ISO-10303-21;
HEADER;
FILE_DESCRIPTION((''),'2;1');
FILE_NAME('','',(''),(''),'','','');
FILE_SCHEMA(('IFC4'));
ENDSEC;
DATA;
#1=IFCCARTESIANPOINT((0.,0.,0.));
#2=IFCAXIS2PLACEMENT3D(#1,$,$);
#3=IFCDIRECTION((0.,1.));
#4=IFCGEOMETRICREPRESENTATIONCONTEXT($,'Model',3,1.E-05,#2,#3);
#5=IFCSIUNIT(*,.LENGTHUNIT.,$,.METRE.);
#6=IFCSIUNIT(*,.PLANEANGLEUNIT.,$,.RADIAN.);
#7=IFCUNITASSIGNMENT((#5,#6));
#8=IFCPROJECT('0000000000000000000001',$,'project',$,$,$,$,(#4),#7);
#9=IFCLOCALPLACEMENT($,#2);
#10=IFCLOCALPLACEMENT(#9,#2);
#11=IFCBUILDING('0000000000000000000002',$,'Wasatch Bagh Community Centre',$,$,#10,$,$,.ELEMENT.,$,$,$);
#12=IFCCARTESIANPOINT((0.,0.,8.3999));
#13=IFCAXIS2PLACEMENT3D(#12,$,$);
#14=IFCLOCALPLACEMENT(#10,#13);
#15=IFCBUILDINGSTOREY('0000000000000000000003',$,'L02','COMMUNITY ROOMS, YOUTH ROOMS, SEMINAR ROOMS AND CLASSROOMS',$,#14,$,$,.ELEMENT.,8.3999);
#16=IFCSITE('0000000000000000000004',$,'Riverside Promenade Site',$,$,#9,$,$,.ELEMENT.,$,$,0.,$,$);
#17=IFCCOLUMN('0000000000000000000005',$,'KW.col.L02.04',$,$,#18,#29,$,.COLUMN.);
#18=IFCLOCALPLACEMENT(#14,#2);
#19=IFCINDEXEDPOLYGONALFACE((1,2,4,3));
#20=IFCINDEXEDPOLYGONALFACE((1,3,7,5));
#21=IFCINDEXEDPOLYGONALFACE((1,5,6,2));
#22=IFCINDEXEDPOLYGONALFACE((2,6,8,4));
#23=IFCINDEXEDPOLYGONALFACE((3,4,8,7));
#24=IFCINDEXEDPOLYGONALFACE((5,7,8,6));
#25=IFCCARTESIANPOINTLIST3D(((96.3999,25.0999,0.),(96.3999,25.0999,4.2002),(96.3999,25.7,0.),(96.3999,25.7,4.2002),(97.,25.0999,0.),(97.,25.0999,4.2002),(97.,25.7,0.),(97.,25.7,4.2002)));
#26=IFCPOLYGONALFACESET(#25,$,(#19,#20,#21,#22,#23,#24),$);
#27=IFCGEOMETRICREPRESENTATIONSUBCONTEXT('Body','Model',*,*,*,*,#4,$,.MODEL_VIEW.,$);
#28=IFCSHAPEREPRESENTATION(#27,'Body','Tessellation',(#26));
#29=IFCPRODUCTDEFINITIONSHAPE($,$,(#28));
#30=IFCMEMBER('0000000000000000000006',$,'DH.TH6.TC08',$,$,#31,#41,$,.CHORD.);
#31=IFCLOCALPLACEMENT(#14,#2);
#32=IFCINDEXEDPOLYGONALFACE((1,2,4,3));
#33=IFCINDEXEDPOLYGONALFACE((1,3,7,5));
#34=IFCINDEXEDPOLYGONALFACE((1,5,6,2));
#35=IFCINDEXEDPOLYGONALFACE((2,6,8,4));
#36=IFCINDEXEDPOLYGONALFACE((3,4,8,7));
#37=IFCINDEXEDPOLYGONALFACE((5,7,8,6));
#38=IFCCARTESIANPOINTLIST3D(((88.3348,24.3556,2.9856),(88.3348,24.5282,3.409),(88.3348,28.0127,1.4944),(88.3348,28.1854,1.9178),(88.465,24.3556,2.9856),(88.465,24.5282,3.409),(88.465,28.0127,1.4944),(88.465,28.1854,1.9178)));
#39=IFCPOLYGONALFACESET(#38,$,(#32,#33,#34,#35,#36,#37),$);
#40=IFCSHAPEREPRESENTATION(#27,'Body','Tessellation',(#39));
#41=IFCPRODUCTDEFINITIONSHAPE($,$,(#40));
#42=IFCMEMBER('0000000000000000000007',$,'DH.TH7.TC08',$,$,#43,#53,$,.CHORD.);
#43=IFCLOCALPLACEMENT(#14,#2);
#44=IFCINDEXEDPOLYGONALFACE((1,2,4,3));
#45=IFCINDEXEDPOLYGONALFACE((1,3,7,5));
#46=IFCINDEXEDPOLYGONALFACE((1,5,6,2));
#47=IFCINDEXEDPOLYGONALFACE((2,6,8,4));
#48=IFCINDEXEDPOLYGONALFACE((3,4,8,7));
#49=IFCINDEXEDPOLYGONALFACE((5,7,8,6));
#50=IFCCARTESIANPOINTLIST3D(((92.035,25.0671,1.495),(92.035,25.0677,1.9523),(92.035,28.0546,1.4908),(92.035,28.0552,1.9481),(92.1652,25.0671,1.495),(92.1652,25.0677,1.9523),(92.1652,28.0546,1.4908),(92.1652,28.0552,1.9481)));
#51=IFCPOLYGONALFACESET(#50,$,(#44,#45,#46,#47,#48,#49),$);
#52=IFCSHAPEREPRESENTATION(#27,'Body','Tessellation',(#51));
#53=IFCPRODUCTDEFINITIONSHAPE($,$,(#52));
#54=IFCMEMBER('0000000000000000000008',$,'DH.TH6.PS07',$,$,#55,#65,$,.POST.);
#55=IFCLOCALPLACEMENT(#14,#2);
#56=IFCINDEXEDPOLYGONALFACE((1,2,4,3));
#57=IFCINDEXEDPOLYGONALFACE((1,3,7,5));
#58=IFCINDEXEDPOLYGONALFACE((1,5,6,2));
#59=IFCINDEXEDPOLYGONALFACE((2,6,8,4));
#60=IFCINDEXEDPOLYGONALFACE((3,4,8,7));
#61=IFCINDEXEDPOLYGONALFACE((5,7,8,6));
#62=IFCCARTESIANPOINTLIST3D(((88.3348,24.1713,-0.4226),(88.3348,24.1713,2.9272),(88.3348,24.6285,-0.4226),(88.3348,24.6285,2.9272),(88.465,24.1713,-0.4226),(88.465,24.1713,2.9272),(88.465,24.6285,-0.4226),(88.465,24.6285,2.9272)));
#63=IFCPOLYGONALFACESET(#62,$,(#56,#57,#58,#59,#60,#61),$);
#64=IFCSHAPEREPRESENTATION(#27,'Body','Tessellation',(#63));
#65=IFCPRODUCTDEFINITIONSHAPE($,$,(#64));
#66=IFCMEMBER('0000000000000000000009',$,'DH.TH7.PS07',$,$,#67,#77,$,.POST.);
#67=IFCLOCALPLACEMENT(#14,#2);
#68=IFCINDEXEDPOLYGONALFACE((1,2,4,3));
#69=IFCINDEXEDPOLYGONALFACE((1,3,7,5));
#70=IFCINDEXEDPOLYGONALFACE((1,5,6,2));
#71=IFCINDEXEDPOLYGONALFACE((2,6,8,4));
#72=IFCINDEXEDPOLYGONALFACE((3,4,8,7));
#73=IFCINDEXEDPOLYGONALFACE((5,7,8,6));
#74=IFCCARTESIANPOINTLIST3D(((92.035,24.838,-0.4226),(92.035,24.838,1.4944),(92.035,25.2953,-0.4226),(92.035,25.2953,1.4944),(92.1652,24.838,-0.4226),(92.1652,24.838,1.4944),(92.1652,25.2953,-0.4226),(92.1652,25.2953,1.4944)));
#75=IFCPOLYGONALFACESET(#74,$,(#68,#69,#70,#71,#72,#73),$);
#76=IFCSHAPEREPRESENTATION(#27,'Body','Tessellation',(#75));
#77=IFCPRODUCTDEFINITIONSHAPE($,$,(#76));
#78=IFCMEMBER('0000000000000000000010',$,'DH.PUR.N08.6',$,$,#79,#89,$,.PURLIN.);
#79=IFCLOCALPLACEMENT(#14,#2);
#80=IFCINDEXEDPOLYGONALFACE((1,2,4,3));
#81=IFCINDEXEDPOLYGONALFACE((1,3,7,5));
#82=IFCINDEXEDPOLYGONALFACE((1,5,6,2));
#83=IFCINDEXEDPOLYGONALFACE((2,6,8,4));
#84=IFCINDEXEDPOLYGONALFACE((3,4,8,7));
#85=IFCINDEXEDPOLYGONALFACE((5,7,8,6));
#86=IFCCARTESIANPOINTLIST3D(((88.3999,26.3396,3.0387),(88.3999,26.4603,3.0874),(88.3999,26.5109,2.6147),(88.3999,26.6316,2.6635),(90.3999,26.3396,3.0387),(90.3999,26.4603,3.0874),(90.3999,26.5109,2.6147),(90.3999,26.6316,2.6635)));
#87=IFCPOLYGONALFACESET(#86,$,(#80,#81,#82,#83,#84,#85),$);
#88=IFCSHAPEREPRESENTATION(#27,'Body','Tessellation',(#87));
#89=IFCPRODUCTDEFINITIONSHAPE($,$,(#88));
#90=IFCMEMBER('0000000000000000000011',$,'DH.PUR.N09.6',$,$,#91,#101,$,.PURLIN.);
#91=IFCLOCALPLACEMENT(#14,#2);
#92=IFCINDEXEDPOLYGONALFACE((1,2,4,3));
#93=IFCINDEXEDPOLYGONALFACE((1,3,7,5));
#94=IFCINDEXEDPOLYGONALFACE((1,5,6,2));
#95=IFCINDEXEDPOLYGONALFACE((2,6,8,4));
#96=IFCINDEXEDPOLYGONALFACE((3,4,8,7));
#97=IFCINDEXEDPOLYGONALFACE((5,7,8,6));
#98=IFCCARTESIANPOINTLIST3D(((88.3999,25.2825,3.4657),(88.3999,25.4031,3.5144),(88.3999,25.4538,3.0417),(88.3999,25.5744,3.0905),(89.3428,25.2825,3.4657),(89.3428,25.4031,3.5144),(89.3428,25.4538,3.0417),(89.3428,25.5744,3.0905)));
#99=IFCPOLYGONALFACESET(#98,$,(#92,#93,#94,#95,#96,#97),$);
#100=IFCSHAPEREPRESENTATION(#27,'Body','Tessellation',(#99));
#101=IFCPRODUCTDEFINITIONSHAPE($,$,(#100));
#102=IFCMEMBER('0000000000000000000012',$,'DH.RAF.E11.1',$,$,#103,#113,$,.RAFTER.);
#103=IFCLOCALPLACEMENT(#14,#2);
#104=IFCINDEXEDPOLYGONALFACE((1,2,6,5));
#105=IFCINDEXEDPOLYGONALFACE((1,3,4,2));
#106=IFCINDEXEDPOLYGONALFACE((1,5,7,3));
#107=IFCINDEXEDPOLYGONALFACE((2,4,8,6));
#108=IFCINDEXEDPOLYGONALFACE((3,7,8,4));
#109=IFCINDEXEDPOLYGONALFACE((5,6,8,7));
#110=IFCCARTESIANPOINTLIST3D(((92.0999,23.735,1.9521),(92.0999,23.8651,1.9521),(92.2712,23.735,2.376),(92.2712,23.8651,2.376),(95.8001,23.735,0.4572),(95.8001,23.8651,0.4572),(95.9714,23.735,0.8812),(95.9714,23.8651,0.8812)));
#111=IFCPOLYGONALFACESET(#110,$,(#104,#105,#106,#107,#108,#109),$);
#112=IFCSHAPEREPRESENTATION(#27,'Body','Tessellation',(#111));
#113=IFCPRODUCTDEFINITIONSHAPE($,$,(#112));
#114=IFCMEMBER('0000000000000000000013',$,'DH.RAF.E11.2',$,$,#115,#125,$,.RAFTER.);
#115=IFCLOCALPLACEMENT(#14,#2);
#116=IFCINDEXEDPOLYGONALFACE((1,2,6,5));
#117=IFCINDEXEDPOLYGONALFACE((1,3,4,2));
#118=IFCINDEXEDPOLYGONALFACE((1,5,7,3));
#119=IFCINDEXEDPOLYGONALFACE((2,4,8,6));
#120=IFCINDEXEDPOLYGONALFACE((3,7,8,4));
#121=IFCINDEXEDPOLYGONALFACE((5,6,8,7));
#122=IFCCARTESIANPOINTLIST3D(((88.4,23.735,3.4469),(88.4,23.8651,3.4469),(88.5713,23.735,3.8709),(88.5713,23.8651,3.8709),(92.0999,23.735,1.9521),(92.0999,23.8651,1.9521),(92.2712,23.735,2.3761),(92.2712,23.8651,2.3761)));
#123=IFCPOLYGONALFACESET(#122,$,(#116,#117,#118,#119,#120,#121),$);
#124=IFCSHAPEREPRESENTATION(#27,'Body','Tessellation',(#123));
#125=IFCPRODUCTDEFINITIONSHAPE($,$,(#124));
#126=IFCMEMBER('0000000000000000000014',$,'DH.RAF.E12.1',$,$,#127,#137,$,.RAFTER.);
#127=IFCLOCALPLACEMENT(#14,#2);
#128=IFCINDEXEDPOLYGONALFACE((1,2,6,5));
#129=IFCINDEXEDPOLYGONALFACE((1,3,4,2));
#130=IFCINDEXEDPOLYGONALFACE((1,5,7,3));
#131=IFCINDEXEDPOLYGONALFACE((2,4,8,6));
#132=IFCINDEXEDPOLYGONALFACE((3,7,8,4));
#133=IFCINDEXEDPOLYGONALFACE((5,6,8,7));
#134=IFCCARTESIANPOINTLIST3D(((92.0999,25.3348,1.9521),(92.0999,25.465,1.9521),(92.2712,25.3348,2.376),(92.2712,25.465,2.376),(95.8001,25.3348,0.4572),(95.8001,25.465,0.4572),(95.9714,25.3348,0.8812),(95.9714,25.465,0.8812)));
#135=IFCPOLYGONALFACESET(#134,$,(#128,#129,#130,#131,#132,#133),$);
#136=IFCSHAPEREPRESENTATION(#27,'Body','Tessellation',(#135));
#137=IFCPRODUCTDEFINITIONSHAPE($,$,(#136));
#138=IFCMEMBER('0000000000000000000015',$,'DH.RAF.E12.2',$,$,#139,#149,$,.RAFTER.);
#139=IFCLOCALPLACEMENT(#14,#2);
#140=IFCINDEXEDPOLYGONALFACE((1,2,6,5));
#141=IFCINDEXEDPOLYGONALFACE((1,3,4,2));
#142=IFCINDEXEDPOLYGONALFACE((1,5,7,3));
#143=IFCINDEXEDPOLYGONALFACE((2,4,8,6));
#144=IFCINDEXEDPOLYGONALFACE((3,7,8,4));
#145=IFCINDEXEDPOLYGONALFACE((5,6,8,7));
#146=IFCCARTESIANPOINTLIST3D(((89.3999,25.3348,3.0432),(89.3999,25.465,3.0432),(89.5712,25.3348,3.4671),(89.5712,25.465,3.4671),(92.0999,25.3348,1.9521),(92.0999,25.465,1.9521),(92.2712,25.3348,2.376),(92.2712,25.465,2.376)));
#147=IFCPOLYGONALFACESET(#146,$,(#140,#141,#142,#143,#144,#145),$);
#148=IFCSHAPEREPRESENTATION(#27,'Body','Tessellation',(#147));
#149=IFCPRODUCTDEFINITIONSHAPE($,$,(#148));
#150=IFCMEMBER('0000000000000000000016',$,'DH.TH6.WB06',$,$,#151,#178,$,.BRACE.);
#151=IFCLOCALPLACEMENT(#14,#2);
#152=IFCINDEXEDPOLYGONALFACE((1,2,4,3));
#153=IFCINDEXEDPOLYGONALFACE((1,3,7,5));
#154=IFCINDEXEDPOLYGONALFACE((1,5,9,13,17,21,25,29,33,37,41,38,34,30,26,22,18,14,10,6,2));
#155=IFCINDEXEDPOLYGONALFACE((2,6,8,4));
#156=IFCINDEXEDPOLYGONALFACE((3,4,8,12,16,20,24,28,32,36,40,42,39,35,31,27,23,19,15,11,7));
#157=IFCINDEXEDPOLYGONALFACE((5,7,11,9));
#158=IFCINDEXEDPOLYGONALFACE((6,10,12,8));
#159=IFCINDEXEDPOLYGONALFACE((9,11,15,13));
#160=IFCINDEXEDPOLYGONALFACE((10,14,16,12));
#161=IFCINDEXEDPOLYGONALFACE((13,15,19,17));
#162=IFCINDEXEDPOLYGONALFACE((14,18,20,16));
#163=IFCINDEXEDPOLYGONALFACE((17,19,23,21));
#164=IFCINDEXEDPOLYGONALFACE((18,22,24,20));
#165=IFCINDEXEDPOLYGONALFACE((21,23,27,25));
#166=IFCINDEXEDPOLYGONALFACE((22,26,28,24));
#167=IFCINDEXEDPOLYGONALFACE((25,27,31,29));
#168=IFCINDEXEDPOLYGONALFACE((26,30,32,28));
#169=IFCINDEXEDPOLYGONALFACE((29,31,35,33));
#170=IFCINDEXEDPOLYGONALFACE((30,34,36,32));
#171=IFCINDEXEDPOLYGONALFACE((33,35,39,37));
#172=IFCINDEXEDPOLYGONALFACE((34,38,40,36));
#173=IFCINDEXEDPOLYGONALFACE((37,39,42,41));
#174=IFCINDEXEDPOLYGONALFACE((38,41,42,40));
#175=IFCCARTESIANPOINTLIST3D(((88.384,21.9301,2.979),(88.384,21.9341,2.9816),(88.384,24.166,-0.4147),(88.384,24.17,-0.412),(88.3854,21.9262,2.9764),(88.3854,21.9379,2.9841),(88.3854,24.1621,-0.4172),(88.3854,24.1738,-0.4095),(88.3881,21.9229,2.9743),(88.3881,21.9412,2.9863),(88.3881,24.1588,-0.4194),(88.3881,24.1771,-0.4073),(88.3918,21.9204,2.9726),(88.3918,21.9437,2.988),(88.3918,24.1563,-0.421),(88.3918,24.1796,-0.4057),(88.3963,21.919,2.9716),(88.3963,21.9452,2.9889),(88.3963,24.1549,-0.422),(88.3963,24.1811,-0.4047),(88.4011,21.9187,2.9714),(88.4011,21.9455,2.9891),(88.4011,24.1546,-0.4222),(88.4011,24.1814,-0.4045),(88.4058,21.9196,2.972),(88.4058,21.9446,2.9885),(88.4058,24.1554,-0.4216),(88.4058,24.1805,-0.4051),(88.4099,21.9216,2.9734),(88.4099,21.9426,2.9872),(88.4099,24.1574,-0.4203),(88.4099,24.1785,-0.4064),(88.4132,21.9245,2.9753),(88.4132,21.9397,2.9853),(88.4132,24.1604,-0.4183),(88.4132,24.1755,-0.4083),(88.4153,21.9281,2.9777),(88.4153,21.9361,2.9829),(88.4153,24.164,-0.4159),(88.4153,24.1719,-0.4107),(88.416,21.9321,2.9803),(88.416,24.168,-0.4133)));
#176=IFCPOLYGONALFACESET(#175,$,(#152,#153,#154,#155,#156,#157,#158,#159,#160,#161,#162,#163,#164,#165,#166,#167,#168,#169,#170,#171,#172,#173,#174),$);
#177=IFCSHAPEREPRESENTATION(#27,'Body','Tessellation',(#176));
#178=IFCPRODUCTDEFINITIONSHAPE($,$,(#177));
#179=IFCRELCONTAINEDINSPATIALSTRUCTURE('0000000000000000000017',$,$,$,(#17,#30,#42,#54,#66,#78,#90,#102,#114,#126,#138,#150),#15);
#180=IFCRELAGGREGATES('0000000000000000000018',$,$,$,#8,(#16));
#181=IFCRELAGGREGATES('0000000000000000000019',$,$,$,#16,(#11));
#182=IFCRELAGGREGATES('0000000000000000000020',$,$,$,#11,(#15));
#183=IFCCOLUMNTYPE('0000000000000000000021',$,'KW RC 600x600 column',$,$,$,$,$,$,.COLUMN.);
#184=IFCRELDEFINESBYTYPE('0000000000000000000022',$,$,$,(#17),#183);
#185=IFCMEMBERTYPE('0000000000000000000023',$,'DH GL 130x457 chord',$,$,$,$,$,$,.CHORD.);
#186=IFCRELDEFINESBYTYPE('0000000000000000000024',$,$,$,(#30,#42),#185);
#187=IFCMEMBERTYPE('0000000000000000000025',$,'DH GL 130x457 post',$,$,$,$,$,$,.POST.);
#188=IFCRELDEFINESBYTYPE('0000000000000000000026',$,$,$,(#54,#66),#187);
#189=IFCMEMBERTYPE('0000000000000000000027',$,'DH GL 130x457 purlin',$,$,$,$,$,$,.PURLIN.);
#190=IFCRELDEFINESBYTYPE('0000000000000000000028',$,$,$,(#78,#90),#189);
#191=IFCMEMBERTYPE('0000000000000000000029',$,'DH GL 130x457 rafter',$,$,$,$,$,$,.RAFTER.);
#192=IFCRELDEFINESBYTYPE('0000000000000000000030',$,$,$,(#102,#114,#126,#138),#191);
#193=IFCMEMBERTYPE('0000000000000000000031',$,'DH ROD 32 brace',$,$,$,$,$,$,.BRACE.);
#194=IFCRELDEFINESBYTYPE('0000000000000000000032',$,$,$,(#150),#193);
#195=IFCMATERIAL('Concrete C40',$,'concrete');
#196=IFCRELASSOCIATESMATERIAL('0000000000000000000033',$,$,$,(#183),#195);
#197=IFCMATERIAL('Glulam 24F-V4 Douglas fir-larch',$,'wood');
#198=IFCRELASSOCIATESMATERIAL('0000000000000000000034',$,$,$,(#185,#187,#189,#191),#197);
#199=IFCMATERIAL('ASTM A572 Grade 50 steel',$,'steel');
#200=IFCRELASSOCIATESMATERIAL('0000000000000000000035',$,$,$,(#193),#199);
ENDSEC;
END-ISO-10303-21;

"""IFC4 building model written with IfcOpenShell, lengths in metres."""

from ifc_helpers import new_model, si_unit, direction, frame, origin, origin_2d, place, context, subcontext, project, spatial, rectangle, circle, extrude, material, material_profile, profile_set, type_object, element, save


model = new_model("IFC4")

# Units and contexts
model_context = context("Model", 3, precision=1e-05, world=origin(), true_north=direction((0.0, 1.0)))
body_context = subcontext(model_context, "Body", "Model", "MODEL_VIEW")
ifc_project = project(units=[si_unit("LENGTHUNIT", "METRE"), si_unit("PLANEANGLEUNIT", "RADIAN")], contexts=[model_context])

# Site, building, storey
site_placement = place(None, origin())
site = spatial("IfcSite", under=ifc_project, at=site_placement, Name="Riverside Promenade Site", CompositionType="ELEMENT", RefElevation=0.0)
building_placement = place(site_placement, origin())
building = spatial("IfcBuilding", under=site, at=building_placement, Name="Wasatch Bagh Community Centre", CompositionType="ELEMENT")
storey_placement = place(building_placement, frame((0.0, 0.0, 8.3999)))
storey = spatial("IfcBuildingStorey", under=building, at=storey_placement, Name="L02", Description="COMMUNITY ROOMS, YOUTH ROOMS, SEMINAR ROOMS AND CLASSROOMS", CompositionType="ELEMENT", Elevation=8.3999)

# Column
ifc_material_1 = material(Name="Concrete C40", Category="concrete")
ifc_material_profile_1 = material_profile(ifc_material_1, rectangle(XDim=0.6001, YDim=0.6001, at=origin_2d()), Name="RC 600x600")
ifc_profile_set_1 = profile_set([ifc_material_profile_1], Name="Concrete C40")
column_type = type_object("IfcColumnType", Name="KW RC 600x600 column", PredefinedType="COLUMN", material=ifc_profile_set_1)
column_placement = place(storey_placement, frame((96.7, 25.3999, 0.0), z_axis=(0.0, 0.0, 1.0), x_axis=(1.0, 0.0, 0.0)))
element("IfcColumn", 1, at=column_placement, inside=storey, type_object=column_type, Name="KW.col.L02.04", PredefinedType="COLUMN", context=body_context, shape_type="SweptSolid", body=[
    extrude(rectangle(XDim=0.6001, YDim=0.6001, at=origin_2d()), origin(), (0.0, 0.0, 1.0), 4.2002),
])

# Members
ifc_material_2 = material(Name="Glulam 24F-V4 Douglas fir-larch", Category="wood")
ifc_material_profile_2 = material_profile(ifc_material_2, rectangle(XDim=0.1301, YDim=0.4573, at=origin_2d()), Name="GL 130x457")
ifc_profile_set_2 = profile_set([ifc_material_profile_2], Name="Glulam 24F-V4 Douglas fir-larch")
member_type_1 = type_object("IfcMemberType", Name="DH GL 130x457 chord", PredefinedType="CHORD", material=ifc_profile_set_2)
member_1_placement = place(storey_placement, frame((88.3999, 24.4419, 3.1973), z_axis=(0.0, 0.925984, -0.377564), x_axis=(-1.0, 0.0, 0.0)))
element("IfcMember", 2, at=member_1_placement, inside=storey, type_object=member_type_1, Name="DH.TH6.TC08", PredefinedType="CHORD", context=body_context, shape_type="SweptSolid", body=[
    extrude(rectangle(XDim=0.1301, YDim=0.4573, at=origin_2d()), origin(), (0.0, 0.0, 1.0), 3.9495),
])
member_2_placement = place(storey_placement, frame((92.1001, 25.0674, 1.7236), z_axis=(0.0, 0.999999, -0.001389), x_axis=(-1.0, 0.0, 0.0)))
element("IfcMember", 3, at=member_2_placement, inside=storey, type_object=member_type_1, Name="DH.TH7.TC08", PredefinedType="CHORD", context=body_context, shape_type="SweptSolid", body=[
    extrude(rectangle(XDim=0.1301, YDim=0.4573, at=origin_2d()), origin(), (0.0, 0.0, 1.0), 2.9875),
])
ifc_material_profile_3 = material_profile(ifc_material_2, rectangle(XDim=0.1301, YDim=0.4573, at=origin_2d()), Name="GL 130x457")
ifc_profile_set_3 = profile_set([ifc_material_profile_3], Name="Glulam 24F-V4 Douglas fir-larch")
member_type_2 = type_object("IfcMemberType", Name="DH GL 130x457 post", PredefinedType="POST", material=ifc_profile_set_3)
member_3_placement = place(storey_placement, frame((88.3999, 24.3999, -0.4226), z_axis=(0.0, 0.0, 1.0), x_axis=(1.0, 0.0, 0.0)))
element("IfcMember", 4, at=member_3_placement, inside=storey, type_object=member_type_2, Name="DH.TH6.PS07", PredefinedType="POST", context=body_context, shape_type="SweptSolid", body=[
    extrude(rectangle(XDim=0.1301, YDim=0.4573, at=origin_2d()), origin(), (0.0, 0.0, 1.0), 3.3499),
])
member_4_placement = place(storey_placement, frame((92.1001, 25.0667, -0.4226), z_axis=(0.0, 0.0, 1.0), x_axis=(1.0, 0.0, 0.0)))
element("IfcMember", 5, at=member_4_placement, inside=storey, type_object=member_type_2, Name="DH.TH7.PS07", PredefinedType="POST", context=body_context, shape_type="SweptSolid", body=[
    extrude(rectangle(XDim=0.1301, YDim=0.4573, at=origin_2d()), origin(), (0.0, 0.0, 1.0), 1.917),
])
ifc_material_profile_4 = material_profile(ifc_material_2, rectangle(XDim=0.1301, YDim=0.4573, at=origin_2d()), Name="GL 130x457")
ifc_profile_set_4 = profile_set([ifc_material_profile_4], Name="Glulam 24F-V4 Douglas fir-larch")
member_type_3 = type_object("IfcMemberType", Name="DH GL 130x457 purlin", PredefinedType="PURLIN", material=ifc_profile_set_4)
member_5_placement = place(storey_placement, frame((88.3999, 26.4856, 2.8511), z_axis=(1.0, 0.0, 0.0), x_axis=(0.0, 0.927184, 0.374607)))
element("IfcMember", 6, at=member_5_placement, inside=storey, type_object=member_type_3, Name="DH.PUR.N08.6", PredefinedType="PURLIN", context=body_context, shape_type="SweptSolid", body=[
    extrude(rectangle(XDim=0.1301, YDim=0.4573, at=origin_2d()), origin(), (0.0, 0.0, 1.0), 2.0),
])
member_6_placement = place(storey_placement, frame((88.3999, 25.4285, 3.2781), z_axis=(1.0, 0.0, 0.0), x_axis=(0.0, 0.927184, 0.374607)))
element("IfcMember", 7, at=member_6_placement, inside=storey, type_object=member_type_3, Name="DH.PUR.N09.6", PredefinedType="PURLIN", context=body_context, shape_type="SweptSolid", body=[
    extrude(rectangle(XDim=0.1301, YDim=0.4573, at=origin_2d()), origin(), (0.0, 0.0, 1.0), 0.9429),
])
ifc_material_profile_5 = material_profile(ifc_material_2, rectangle(XDim=0.1301, YDim=0.4573, at=origin_2d()), Name="GL 130x457")
ifc_profile_set_5 = profile_set([ifc_material_profile_5], Name="Glulam 24F-V4 Douglas fir-larch")
member_type_4 = type_object("IfcMemberType", Name="DH GL 130x457 rafter", PredefinedType="RAFTER", material=ifc_profile_set_5)
member_7_placement = place(storey_placement, frame((95.8857, 23.8, 0.6692), z_axis=(-0.927193, 0.0, 0.374584), x_axis=(0.0, -1.0, 0.0)))
element("IfcMember", 8, at=member_7_placement, inside=storey, type_object=member_type_4, Name="DH.RAF.E11.1", PredefinedType="RAFTER", context=body_context, shape_type="SweptSolid", body=[
    extrude(rectangle(XDim=0.1301, YDim=0.4573, at=origin_2d()), origin(), (0.0, 0.0, 1.0), 3.9907),
])
member_8_placement = place(storey_placement, frame((92.1855, 23.8, 2.1641), z_axis=(-0.927184, 0.0, 0.374606), x_axis=(0.0, -1.0, 0.0)))
element("IfcMember", 9, at=member_8_placement, inside=storey, type_object=member_type_4, Name="DH.RAF.E11.2", PredefinedType="RAFTER", context=body_context, shape_type="SweptSolid", body=[
    extrude(rectangle(XDim=0.1301, YDim=0.4573, at=origin_2d()), origin(), (0.0, 0.0, 1.0), 3.9905),
])
member_9_placement = place(storey_placement, frame((95.8857, 25.3999, 0.6692), z_axis=(-0.927193, 0.0, 0.374584), x_axis=(0.0, -1.0, 0.0)))
element("IfcMember", 10, at=member_9_placement, inside=storey, type_object=member_type_4, Name="DH.RAF.E12.1", PredefinedType="RAFTER", context=body_context, shape_type="SweptSolid", body=[
    extrude(rectangle(XDim=0.1301, YDim=0.4573, at=origin_2d()), origin(), (0.0, 0.0, 1.0), 3.9907),
])
member_10_placement = place(storey_placement, frame((92.1855, 25.3999, 2.1641), z_axis=(-0.927158, 0.0, 0.37467), x_axis=(0.0, -1.0, 0.0)))
element("IfcMember", 11, at=member_10_placement, inside=storey, type_object=member_type_4, Name="DH.RAF.E12.2", PredefinedType="RAFTER", context=body_context, shape_type="SweptSolid", body=[
    extrude(rectangle(XDim=0.1301, YDim=0.4573, at=origin_2d()), origin(), (0.0, 0.0, 1.0), 2.9121),
])
ifc_material_3 = material(Name="ASTM A572 Grade 50 steel", Category="steel")
ifc_material_profile_6 = material_profile(ifc_material_3, circle(Radius=0.0161, at=origin_2d()), Name="ROD 32")
ifc_profile_set_6 = profile_set([ifc_material_profile_6], Name="ASTM A572 Grade 50 steel")
member_type_5 = type_object("IfcMemberType", Name="DH ROD 32 brace", PredefinedType="BRACE", material=ifc_profile_set_6)
member_11_placement = place(storey_placement, frame((88.3999, 24.168, -0.4133), z_axis=(0.0, -0.550172, 0.835051), x_axis=(1.0, 0.0, 0.0)))
element("IfcMember", 12, at=member_11_placement, inside=storey, type_object=member_type_5, Name="DH.TH6.WB06", PredefinedType="BRACE", context=body_context, shape_type="SweptSolid", body=[
    extrude(circle(Radius=0.0161, at=origin_2d()), origin(), (0.0, 0.0, 1.0), 4.064),
])

save(model, "model.ifc")
